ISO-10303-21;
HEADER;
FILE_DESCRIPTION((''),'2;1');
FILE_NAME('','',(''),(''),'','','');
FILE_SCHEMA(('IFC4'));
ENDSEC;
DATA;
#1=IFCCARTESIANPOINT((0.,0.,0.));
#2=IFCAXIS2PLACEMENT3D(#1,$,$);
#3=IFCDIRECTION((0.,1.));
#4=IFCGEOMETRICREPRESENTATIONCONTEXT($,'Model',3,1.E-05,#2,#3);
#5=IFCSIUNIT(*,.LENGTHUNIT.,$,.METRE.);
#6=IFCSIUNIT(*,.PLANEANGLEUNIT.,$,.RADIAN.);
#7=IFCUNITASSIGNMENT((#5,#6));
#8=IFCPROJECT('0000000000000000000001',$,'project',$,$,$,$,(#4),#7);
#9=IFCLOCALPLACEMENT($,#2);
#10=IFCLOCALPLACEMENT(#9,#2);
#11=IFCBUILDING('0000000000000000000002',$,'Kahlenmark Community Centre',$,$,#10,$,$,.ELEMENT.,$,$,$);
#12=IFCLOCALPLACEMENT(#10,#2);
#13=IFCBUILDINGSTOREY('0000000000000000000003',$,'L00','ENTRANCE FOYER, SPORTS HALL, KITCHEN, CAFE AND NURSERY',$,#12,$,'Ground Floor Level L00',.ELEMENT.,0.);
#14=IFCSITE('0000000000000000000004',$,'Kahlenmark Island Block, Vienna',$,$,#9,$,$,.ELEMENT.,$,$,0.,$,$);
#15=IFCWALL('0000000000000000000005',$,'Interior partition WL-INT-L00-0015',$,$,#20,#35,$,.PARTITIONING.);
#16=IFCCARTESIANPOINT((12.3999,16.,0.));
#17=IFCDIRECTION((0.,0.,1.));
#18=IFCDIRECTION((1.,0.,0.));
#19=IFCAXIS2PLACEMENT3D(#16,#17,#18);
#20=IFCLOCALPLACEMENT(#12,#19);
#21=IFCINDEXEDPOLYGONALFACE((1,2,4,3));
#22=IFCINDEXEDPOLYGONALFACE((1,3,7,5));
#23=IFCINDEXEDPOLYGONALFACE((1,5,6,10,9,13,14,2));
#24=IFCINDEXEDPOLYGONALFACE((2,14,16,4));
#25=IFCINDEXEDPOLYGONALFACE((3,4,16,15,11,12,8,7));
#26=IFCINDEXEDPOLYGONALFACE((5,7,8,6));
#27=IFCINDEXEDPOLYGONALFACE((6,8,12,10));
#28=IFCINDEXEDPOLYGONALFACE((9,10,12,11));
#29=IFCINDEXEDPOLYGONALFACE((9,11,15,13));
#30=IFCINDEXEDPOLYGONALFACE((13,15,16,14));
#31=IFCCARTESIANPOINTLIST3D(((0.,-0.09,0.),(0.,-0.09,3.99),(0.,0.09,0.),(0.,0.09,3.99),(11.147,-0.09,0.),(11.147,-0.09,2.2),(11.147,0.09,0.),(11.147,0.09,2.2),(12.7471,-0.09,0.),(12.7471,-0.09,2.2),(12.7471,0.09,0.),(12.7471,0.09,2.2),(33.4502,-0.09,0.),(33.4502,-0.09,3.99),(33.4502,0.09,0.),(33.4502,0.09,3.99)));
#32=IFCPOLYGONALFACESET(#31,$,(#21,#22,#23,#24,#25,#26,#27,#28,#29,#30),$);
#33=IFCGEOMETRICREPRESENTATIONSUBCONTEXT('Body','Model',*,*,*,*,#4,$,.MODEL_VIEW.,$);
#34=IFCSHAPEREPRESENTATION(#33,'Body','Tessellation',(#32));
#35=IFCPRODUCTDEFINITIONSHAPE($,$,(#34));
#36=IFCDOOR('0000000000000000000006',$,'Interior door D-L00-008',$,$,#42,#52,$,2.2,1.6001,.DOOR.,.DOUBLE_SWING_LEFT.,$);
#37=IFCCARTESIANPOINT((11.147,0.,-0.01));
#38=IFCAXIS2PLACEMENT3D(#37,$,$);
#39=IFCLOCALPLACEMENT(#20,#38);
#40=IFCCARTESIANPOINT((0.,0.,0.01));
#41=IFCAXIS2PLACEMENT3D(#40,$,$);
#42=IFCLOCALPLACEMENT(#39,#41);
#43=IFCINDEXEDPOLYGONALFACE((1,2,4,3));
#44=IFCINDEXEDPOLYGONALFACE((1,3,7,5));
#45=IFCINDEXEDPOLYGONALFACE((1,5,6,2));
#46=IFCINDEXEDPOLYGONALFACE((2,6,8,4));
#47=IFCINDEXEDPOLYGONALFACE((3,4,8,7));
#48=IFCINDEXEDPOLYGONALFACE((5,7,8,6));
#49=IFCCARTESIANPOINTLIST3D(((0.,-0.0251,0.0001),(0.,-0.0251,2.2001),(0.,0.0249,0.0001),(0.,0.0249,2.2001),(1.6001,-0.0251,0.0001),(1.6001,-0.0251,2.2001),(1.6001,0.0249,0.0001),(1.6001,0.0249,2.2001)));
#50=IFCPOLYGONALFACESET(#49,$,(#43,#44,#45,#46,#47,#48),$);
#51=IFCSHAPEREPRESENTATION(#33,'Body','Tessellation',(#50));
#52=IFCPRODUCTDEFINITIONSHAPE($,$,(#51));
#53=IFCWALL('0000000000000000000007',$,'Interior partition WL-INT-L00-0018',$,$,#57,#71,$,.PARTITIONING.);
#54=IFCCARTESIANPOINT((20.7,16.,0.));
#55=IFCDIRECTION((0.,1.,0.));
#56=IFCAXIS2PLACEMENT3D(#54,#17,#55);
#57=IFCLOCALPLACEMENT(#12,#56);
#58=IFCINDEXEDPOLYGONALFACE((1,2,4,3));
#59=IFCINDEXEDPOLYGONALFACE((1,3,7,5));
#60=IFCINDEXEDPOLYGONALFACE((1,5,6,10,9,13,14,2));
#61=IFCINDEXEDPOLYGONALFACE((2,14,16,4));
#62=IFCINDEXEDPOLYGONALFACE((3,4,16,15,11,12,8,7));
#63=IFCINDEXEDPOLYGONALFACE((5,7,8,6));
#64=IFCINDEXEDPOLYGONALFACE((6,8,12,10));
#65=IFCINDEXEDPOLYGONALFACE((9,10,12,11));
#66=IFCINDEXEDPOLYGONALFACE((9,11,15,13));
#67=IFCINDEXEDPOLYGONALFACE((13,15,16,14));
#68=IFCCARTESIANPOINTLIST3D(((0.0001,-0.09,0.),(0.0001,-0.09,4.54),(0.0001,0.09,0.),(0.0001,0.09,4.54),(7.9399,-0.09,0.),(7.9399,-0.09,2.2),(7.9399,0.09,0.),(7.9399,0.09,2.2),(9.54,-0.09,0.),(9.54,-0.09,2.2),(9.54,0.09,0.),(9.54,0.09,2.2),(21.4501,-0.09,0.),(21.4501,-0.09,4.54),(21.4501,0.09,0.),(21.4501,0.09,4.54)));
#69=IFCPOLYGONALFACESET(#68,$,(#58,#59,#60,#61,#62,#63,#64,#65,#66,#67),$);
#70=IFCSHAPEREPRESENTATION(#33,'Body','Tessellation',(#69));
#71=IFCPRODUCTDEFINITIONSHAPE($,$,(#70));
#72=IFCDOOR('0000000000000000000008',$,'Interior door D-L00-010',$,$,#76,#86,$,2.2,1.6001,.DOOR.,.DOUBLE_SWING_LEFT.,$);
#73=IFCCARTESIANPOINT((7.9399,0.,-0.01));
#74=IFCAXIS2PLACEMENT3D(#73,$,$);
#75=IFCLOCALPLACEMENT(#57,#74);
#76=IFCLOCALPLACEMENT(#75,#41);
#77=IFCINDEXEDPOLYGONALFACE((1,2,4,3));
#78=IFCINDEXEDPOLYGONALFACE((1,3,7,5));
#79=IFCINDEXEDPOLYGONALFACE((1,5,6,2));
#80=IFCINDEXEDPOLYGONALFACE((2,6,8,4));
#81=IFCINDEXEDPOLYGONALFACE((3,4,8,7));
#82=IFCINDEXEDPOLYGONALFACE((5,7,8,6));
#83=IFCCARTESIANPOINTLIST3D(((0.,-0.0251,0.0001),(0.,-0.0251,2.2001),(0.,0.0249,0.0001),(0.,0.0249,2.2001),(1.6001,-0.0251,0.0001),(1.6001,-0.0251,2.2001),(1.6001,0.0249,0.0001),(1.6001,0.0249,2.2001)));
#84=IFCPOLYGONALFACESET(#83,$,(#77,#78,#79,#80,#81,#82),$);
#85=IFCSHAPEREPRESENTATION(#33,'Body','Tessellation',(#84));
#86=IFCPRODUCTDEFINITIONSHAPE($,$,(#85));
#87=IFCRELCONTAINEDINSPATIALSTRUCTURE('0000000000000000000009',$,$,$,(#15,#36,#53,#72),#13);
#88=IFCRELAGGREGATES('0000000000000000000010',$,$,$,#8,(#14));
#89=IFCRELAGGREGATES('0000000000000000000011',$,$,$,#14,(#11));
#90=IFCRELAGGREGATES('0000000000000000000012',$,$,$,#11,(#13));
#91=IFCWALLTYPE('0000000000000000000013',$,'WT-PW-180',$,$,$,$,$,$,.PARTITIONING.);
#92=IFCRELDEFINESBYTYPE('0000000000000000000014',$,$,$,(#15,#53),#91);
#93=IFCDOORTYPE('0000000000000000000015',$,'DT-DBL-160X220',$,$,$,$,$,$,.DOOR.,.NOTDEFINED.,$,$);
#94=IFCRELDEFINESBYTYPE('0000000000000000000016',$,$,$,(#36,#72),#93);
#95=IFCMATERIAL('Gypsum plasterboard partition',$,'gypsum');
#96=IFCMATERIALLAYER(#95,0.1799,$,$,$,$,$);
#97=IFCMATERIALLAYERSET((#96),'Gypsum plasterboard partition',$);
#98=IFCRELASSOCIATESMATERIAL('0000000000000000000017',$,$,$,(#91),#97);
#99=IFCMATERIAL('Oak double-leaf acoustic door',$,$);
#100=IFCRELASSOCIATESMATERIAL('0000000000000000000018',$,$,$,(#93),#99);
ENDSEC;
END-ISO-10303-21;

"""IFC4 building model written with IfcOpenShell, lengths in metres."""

from ifc_helpers import new_model, si_unit, direction, frame, frame_2d, origin, place, context, subcontext, project, spatial, rectangle, extrude, material, layer, layer_set, type_object, element, fill, save


model = new_model("IFC4")

# Units and contexts
model_context = context("Model", 3, precision=1e-05, world=origin(), true_north=direction((0.0, 1.0)))
body_context = subcontext(model_context, "Body", "Model", "MODEL_VIEW")
ifc_project = project(units=[si_unit("LENGTHUNIT", "METRE"), si_unit("PLANEANGLEUNIT", "RADIAN")], contexts=[model_context])

# Site, building, storey
site_placement = place(None, origin())
site = spatial("IfcSite", under=ifc_project, at=site_placement, Name="Kahlenmark Island Block, Vienna", CompositionType="ELEMENT", RefElevation=0.0)
building_placement = place(site_placement, origin())
building = spatial("IfcBuilding", under=site, at=building_placement, Name="Kahlenmark Community Centre", CompositionType="ELEMENT")
storey_placement = place(building_placement, origin())
storey = spatial("IfcBuildingStorey", under=building, at=storey_placement, Name="L00", Description="ENTRANCE FOYER, SPORTS HALL, KITCHEN, CAFE AND NURSERY", LongName="Ground Floor Level L00", CompositionType="ELEMENT", Elevation=0.0)

# Walls, openings, doors
ifc_material_1 = material(Name="Gypsum plasterboard partition", Category="gypsum")
ifc_layer_1 = layer(ifc_material_1, 0.1799)
ifc_layer_set_1 = layer_set([ifc_layer_1], Name="Gypsum plasterboard partition")
wall_type_1 = type_object("IfcWallType", Name="WT-PW-180", PredefinedType="PARTITIONING", material=ifc_layer_set_1)
wall_1_placement = place(storey_placement, frame((12.3999, 16.0, 0.0), z_axis=(0.0, 0.0, 1.0), x_axis=(1.0, 0.0, 0.0)))
wall_1 = element("IfcWall", 1, at=wall_1_placement, inside=storey, type_object=wall_type_1, Name="Interior partition WL-INT-L00-0015", PredefinedType="PARTITIONING", context=body_context, shape_type="SweptSolid", body=[
    extrude(rectangle(XDim=33.4502, YDim=0.1799, at=frame_2d((16.7251, 0.0))), origin(), (0.0, 0.0, 1.0), 3.99),
])
opening_1_placement = place(wall_1_placement, frame((11.147, 0.0, -0.01)))
opening_1 = element("IfcOpeningElement", 2, at=opening_1_placement, cuts=wall_1, PredefinedType="OPENING", context=body_context, shape_type="SweptSolid", body=[
    extrude(rectangle(XDim=1.6001, YDim=2.21, at=frame_2d((0.8, 1.105))), frame((0.0, 0.0999, 0.0), z_axis=(0.0, -1.0, 0.0), x_axis=(1.0, 0.0, 0.0)), (0.0, 0.0, 1.0), 0.2),
])
ifc_material_2 = material(Name="Oak double-leaf acoustic door")
door_type_1 = type_object("IfcDoorType", Name="DT-DBL-160X220", OperationType="NOTDEFINED", PredefinedType="DOOR", material=ifc_material_2)
door_1_placement = place(opening_1_placement, frame((0.0, 0.0, 0.01)))
door_1 = element("IfcDoor", 3, at=door_1_placement, inside=storey, type_object=door_type_1, Name="Interior door D-L00-008", OperationType="DOUBLE_SWING_LEFT", OverallHeight=2.2, OverallWidth=1.6001, PredefinedType="DOOR", context=body_context, shape_type="SweptSolid", body=[
    extrude(rectangle(XDim=1.6001, YDim=2.2, at=frame_2d((0.8, 1.1001))), frame((0.0, 0.0249, 0.0), z_axis=(0.0, -1.0, 0.0), x_axis=(1.0, 0.0, 0.0)), (0.0, 0.0, 1.0), 0.05),
])
fill(opening_1, door_1)
wall_2_placement = place(storey_placement, frame((20.7, 16.0, 0.0), z_axis=(0.0, 0.0, 1.0), x_axis=(0.0, 1.0, 0.0)))
wall_2 = element("IfcWall", 4, at=wall_2_placement, inside=storey, type_object=wall_type_1, Name="Interior partition WL-INT-L00-0018", PredefinedType="PARTITIONING", context=body_context, shape_type="SweptSolid", body=[
    extrude(rectangle(XDim=21.45, YDim=0.1799, at=frame_2d((10.7251, 0.0))), origin(), (0.0, 0.0, 1.0), 4.54),
])
opening_2_placement = place(wall_2_placement, frame((7.9399, 0.0, -0.01)))
opening_2 = element("IfcOpeningElement", 5, at=opening_2_placement, cuts=wall_2, PredefinedType="OPENING", context=body_context, shape_type="SweptSolid", body=[
    extrude(rectangle(XDim=1.6001, YDim=2.21, at=frame_2d((0.8, 1.105))), frame((0.0, 0.0999, 0.0), z_axis=(0.0, -1.0, 0.0), x_axis=(1.0, 0.0, 0.0)), (0.0, 0.0, 1.0), 0.2),
])
door_2_placement = place(opening_2_placement, frame((0.0, 0.0, 0.01)))
door_2 = element("IfcDoor", 6, at=door_2_placement, inside=storey, type_object=door_type_1, Name="Interior door D-L00-010", OperationType="DOUBLE_SWING_LEFT", OverallHeight=2.2, OverallWidth=1.6001, PredefinedType="DOOR", context=body_context, shape_type="SweptSolid", body=[
    extrude(rectangle(XDim=1.6001, YDim=2.2, at=frame_2d((0.8, 1.1001))), frame((0.0, 0.0249, 0.0), z_axis=(0.0, -1.0, 0.0), x_axis=(1.0, 0.0, 0.0)), (0.0, 0.0, 1.0), 0.05),
])
fill(opening_2, door_2)

save(model, "model.ifc")
